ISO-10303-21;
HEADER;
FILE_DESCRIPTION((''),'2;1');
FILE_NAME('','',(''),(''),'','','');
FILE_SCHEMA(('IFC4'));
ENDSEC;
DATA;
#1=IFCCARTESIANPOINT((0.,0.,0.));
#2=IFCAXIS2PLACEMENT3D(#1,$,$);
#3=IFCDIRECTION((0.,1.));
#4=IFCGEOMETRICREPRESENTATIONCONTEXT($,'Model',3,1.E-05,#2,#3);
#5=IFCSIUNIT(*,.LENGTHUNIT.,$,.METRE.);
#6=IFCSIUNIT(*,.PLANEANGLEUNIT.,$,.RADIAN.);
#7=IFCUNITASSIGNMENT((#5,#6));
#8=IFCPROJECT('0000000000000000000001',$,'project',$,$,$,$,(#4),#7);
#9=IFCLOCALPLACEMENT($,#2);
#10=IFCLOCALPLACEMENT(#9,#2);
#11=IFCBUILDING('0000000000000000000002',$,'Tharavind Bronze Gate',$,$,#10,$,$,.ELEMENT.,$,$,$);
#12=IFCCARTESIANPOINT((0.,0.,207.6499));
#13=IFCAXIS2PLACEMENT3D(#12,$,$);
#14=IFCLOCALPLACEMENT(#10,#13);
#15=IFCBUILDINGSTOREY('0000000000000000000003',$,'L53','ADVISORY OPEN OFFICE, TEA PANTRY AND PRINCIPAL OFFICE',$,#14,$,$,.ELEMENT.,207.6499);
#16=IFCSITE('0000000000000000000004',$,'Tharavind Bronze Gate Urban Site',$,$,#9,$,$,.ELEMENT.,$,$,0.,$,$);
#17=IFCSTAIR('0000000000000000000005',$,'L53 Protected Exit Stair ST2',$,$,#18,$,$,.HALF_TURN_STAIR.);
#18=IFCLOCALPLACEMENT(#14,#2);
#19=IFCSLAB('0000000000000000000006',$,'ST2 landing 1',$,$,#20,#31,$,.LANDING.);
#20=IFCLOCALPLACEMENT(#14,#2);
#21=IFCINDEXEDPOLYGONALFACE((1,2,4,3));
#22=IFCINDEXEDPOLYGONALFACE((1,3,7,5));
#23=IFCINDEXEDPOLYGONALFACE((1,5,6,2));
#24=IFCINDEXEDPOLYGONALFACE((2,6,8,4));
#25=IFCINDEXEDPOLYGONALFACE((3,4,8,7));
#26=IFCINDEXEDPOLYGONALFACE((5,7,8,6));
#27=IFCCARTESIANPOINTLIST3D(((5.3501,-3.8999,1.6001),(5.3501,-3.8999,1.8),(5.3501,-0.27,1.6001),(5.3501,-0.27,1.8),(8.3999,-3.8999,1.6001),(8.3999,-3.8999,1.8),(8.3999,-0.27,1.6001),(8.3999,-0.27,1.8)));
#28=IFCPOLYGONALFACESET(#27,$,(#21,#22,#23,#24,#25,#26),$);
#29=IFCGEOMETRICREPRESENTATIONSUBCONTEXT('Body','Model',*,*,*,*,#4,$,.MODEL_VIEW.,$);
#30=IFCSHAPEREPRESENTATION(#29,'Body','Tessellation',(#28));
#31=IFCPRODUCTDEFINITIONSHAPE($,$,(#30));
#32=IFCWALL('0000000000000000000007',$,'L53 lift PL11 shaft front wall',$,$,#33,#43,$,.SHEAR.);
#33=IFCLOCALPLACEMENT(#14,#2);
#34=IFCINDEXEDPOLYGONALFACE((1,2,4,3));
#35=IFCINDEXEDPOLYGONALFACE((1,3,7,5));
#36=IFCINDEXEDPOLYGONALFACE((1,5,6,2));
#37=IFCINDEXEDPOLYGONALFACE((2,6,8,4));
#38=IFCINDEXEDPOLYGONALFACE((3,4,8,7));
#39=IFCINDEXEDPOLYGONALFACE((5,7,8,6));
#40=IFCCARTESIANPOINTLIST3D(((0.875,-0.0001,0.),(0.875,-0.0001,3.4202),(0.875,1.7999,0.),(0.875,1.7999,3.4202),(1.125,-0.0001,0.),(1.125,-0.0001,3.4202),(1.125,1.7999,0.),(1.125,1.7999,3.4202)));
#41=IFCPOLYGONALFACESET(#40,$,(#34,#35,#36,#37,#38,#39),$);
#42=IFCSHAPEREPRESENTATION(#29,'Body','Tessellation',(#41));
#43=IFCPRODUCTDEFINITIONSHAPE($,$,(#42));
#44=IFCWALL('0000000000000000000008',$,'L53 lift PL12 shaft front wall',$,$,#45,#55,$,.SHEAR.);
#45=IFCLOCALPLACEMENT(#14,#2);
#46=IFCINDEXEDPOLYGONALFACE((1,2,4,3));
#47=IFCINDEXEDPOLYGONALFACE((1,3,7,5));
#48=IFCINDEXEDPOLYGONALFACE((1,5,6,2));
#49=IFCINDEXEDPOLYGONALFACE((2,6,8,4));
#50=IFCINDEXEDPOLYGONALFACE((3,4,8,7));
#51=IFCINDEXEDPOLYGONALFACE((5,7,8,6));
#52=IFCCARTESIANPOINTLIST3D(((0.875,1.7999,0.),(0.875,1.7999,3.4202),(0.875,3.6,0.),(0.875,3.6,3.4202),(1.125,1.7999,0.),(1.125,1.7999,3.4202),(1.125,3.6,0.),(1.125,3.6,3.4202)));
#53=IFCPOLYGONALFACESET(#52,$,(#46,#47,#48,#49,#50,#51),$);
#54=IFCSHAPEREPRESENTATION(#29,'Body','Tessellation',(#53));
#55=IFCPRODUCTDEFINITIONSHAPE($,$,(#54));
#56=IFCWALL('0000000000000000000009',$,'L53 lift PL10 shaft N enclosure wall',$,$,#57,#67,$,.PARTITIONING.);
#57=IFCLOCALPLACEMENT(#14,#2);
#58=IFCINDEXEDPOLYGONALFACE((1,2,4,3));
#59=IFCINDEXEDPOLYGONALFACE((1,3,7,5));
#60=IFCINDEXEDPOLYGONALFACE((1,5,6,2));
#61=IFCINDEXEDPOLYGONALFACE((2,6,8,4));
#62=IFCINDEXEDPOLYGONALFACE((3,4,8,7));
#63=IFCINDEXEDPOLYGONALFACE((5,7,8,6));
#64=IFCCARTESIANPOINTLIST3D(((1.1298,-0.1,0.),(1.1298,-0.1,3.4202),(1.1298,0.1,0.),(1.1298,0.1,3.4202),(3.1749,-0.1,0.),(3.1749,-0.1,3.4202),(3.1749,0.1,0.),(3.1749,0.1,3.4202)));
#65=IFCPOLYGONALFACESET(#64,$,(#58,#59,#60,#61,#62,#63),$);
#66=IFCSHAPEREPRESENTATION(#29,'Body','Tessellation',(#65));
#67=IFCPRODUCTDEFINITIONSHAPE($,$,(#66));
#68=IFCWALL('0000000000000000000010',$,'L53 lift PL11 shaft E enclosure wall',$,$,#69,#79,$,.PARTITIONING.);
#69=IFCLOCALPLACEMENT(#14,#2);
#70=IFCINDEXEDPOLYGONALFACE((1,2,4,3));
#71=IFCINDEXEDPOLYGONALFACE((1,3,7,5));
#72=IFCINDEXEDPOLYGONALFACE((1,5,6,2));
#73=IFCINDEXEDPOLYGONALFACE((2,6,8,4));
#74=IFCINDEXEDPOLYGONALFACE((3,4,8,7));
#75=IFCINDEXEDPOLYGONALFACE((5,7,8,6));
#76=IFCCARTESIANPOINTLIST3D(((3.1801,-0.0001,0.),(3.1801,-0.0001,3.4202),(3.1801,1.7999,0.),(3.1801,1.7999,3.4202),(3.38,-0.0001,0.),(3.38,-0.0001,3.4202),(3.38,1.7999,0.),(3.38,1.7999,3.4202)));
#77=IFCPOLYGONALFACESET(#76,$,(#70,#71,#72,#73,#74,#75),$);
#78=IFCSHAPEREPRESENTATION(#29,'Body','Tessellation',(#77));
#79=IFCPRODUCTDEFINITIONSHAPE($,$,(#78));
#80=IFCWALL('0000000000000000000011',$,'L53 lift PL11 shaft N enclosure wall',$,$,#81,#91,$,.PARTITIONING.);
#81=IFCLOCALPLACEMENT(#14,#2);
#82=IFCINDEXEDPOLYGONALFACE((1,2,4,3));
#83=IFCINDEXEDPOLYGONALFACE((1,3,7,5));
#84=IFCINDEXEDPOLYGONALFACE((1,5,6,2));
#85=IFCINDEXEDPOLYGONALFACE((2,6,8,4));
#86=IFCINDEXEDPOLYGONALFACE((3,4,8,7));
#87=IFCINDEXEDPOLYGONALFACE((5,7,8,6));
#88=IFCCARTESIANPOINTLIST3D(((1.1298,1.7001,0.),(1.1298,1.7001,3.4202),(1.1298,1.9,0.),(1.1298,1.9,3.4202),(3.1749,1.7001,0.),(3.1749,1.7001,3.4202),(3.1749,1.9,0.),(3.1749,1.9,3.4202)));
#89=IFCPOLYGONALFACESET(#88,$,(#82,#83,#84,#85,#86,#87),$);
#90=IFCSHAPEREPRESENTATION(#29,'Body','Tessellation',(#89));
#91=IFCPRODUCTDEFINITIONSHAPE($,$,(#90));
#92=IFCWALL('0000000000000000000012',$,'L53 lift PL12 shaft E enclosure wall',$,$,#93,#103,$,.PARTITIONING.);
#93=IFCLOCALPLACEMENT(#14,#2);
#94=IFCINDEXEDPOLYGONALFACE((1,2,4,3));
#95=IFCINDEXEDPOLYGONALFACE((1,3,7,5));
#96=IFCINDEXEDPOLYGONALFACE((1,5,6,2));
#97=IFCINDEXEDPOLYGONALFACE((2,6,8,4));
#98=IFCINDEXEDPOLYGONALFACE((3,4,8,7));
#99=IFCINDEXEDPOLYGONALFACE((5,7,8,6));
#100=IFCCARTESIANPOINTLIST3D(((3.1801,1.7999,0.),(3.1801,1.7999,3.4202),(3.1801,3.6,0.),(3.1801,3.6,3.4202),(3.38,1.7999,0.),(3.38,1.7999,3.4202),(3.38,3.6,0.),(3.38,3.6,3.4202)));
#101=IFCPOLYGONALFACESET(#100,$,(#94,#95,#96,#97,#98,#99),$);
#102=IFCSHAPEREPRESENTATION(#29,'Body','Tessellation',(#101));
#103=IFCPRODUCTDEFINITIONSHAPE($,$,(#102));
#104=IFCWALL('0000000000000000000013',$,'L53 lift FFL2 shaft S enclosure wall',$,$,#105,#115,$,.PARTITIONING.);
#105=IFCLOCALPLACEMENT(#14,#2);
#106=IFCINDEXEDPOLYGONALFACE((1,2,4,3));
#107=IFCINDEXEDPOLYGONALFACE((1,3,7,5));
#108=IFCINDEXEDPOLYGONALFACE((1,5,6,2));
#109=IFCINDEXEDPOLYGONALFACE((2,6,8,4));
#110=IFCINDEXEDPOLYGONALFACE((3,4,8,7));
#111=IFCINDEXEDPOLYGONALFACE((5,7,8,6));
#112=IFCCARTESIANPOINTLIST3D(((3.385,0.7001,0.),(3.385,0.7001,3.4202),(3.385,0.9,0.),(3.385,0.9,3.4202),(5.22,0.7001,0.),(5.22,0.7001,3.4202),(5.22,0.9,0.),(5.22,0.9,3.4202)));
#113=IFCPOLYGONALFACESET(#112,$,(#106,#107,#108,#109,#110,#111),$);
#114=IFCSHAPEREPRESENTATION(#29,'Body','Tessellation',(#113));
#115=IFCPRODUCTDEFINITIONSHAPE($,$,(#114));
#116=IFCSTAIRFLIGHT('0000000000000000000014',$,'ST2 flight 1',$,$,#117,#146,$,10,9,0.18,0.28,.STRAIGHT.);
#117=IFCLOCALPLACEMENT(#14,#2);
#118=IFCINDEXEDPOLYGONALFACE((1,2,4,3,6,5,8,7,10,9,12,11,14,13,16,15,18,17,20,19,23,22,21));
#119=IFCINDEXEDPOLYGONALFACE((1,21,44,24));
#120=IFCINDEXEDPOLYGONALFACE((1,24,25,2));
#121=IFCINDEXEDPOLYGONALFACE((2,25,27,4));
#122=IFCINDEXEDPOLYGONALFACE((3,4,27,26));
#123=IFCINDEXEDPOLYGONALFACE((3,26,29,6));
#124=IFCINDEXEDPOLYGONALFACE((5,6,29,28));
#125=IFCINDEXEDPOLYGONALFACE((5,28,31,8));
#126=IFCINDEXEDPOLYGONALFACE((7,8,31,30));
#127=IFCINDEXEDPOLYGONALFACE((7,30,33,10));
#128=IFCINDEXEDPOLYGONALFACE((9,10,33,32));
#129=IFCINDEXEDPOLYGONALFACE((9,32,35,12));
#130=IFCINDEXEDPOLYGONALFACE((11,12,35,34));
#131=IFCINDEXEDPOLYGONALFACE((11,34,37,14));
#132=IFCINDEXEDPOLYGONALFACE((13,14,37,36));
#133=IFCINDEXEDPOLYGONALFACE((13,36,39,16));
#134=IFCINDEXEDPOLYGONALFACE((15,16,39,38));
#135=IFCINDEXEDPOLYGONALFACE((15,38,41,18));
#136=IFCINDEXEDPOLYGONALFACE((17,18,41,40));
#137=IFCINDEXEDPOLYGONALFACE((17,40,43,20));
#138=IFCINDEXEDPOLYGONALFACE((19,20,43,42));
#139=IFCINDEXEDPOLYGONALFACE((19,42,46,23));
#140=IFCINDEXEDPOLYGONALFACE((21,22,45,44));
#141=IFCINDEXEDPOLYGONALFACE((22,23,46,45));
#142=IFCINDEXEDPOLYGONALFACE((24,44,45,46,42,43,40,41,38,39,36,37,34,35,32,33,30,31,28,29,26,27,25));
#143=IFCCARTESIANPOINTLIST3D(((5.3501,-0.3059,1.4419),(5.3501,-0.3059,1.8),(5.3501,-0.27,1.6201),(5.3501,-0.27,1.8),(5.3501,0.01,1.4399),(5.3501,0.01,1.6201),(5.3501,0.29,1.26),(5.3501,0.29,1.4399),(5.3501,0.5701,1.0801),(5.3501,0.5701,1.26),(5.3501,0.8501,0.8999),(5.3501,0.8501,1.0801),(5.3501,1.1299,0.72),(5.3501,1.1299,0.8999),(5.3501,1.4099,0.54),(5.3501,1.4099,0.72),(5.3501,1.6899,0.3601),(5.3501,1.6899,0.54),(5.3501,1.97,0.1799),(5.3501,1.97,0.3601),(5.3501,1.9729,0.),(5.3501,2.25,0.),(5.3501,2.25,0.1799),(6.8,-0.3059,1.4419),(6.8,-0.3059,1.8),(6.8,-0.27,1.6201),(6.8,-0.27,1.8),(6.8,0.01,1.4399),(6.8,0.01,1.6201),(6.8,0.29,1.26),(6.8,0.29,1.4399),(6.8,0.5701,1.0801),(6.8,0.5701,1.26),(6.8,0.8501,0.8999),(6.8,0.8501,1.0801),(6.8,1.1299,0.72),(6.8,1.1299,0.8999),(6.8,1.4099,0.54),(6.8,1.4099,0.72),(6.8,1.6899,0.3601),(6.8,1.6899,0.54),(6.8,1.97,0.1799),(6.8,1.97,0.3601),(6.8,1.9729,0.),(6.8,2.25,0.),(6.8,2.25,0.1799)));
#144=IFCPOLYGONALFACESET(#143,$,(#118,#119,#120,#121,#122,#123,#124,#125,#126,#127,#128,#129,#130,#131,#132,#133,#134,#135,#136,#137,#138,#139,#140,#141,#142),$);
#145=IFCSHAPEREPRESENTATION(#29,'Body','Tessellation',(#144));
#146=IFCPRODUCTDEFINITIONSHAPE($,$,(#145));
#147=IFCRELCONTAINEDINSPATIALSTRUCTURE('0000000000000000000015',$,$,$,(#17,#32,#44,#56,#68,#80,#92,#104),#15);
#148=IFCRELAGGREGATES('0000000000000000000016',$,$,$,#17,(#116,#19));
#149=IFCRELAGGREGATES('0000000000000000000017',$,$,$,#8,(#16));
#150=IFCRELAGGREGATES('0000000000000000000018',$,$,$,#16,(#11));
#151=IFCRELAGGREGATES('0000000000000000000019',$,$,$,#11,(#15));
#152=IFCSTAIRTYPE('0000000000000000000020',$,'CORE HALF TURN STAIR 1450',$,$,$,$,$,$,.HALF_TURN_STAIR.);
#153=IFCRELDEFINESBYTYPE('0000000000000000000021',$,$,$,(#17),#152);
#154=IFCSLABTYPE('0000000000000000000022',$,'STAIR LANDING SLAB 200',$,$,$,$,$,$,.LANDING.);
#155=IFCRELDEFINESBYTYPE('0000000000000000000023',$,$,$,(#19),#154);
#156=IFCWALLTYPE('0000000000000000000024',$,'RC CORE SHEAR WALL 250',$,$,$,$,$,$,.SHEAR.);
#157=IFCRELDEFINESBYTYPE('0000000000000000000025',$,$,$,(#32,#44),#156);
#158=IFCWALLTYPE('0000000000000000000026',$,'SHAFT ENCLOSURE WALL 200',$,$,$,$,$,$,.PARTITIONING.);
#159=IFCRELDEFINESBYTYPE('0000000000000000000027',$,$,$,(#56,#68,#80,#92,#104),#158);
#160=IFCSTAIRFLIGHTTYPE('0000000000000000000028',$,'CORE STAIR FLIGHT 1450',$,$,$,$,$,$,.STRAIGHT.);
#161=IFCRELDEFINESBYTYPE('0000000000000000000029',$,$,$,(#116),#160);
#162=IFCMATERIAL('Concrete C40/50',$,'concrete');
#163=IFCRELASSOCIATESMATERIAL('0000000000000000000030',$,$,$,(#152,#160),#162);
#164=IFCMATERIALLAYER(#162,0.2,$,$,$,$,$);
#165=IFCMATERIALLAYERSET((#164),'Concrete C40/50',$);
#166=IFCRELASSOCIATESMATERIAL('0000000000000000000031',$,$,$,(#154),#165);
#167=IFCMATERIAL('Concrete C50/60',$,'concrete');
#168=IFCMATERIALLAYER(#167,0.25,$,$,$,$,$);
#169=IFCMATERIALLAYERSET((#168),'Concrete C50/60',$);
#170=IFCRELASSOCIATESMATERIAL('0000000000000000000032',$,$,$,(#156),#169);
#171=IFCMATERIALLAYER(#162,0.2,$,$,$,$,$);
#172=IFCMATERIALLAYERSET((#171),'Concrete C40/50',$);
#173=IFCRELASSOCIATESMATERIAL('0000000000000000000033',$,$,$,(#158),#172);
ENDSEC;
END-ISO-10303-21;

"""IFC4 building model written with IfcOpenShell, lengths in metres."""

from ifc_helpers import new_model, si_unit, direction, frame, frame_2d, origin, place, context, subcontext, project, spatial, polyline, rectangle, outline, extrude, material, layer, layer_set, type_object, element, aggregate, save


model = new_model("IFC4")

# Units and contexts
model_context = context("Model", 3, precision=1e-05, world=origin(), true_north=direction((0.0, 1.0)))
body_context = subcontext(model_context, "Body", "Model", "MODEL_VIEW")
ifc_project = project(units=[si_unit("LENGTHUNIT", "METRE"), si_unit("PLANEANGLEUNIT", "RADIAN")], contexts=[model_context])

# Site, building, storey
site_placement = place(None, origin())
site = spatial("IfcSite", under=ifc_project, at=site_placement, Name="Tharavind Bronze Gate Urban Site", CompositionType="ELEMENT", RefElevation=0.0)
building_placement = place(site_placement, origin())
building = spatial("IfcBuilding", under=site, at=building_placement, Name="Tharavind Bronze Gate", CompositionType="ELEMENT")
storey_placement = place(building_placement, frame((0.0, 0.0, 207.6499)))
storey = spatial("IfcBuildingStorey", under=building, at=storey_placement, Name="L53", Description="ADVISORY OPEN OFFICE, TEA PANTRY AND PRINCIPAL OFFICE", CompositionType="ELEMENT", Elevation=207.6499)

# Stair, slab
ifc_material_1 = material(Name="Concrete C40/50", Category="concrete")
stair_type = type_object("IfcStairType", Name="CORE HALF TURN STAIR 1450", PredefinedType="HALF_TURN_STAIR", material=ifc_material_1)
stair_placement = place(storey_placement, origin())
stair = element("IfcStair", 1, at=stair_placement, inside=storey, type_object=stair_type, Name="L53 Protected Exit Stair ST2", PredefinedType="HALF_TURN_STAIR")
ifc_layer_1 = layer(ifc_material_1, 0.2)
ifc_layer_set_1 = layer_set([ifc_layer_1], Name="Concrete C40/50")
slab_type = type_object("IfcSlabType", Name="STAIR LANDING SLAB 200", PredefinedType="LANDING", material=ifc_layer_set_1)
slab_placement = place(storey_placement, frame((0.0, 0.0, 1.6001)))
slab = element("IfcSlab", 2, at=slab_placement, type_object=slab_type, Name="ST2 landing 1", PredefinedType="LANDING", context=body_context, shape_type="SweptSolid", body=[
    extrude(outline(polyline([(5.3501, -0.27), (5.3501, -3.8999), (8.3999, -3.8999), (8.3999, -0.27), (5.3501, -0.27)])), origin(), (0.0, 0.0, 1.0), 0.2),
])

# Walls
ifc_material_2 = material(Name="Concrete C50/60", Category="concrete")
ifc_layer_2 = layer(ifc_material_2, 0.25)
ifc_layer_set_2 = layer_set([ifc_layer_2], Name="Concrete C50/60")
wall_type_1 = type_object("IfcWallType", Name="RC CORE SHEAR WALL 250", PredefinedType="SHEAR", material=ifc_layer_set_2)
for number, where, z_axis, x_axis, name in (
    (3, (1.0, 0.0, 0.0), (0.0, 0.0, 1.0), (0.0, 1.0, 0.0), "L53 lift PL11 shaft front wall"),
    (4, (1.0, 1.8, 0.0), (0.0, 0.0, 1.0), (0.0, 1.0, 0.0), "L53 lift PL12 shaft front wall"),
):
    element("IfcWall", number, at=place(storey_placement, frame(where, z_axis=z_axis, x_axis=x_axis)), inside=storey, type_object=wall_type_1, Name=name, PredefinedType="SHEAR", context=body_context, shape_type="SweptSolid", body=[
        extrude(rectangle(XDim=1.8, YDim=0.25, at=frame_2d((0.8999, 0.0))), origin(), (0.0, 0.0, 1.0), 3.4202),
    ])
ifc_layer_3 = layer(ifc_material_1, 0.2)
ifc_layer_set_3 = layer_set([ifc_layer_3], Name="Concrete C40/50")
wall_type_2 = type_object("IfcWallType", Name="SHAFT ENCLOSURE WALL 200", PredefinedType="PARTITIONING", material=ifc_layer_set_3)
wall_1_placement = place(storey_placement, frame((1.1299, 0.0, 0.0), z_axis=(0.0, 0.0, 1.0), x_axis=(1.0, 0.0, 0.0)))
element("IfcWall", 5, at=wall_1_placement, inside=storey, type_object=wall_type_2, Name="L53 lift PL10 shaft N enclosure wall", PredefinedType="PARTITIONING", context=body_context, shape_type="SweptSolid", body=[
    extrude(rectangle(XDim=2.0452, YDim=0.2, at=frame_2d((1.0225, 0.0))), origin(), (0.0, 0.0, 1.0), 3.4202),
])
wall_2_placement = place(storey_placement, frame((3.28, 0.0, 0.0), z_axis=(0.0, 0.0, 1.0), x_axis=(0.0, 1.0, 0.0)))
element("IfcWall", 6, at=wall_2_placement, inside=storey, type_object=wall_type_2, Name="L53 lift PL11 shaft E enclosure wall", PredefinedType="PARTITIONING", context=body_context, shape_type="SweptSolid", body=[
    extrude(rectangle(XDim=1.8, YDim=0.2, at=frame_2d((0.8999, 0.0))), origin(), (0.0, 0.0, 1.0), 3.4202),
])
wall_3_placement = place(storey_placement, frame((1.1299, 1.8, 0.0), z_axis=(0.0, 0.0, 1.0), x_axis=(1.0, 0.0, 0.0)))
element("IfcWall", 7, at=wall_3_placement, inside=storey, type_object=wall_type_2, Name="L53 lift PL11 shaft N enclosure wall", PredefinedType="PARTITIONING", context=body_context, shape_type="SweptSolid", body=[
    extrude(rectangle(XDim=2.0452, YDim=0.2, at=frame_2d((1.0225, 0.0))), origin(), (0.0, 0.0, 1.0), 3.4202),
])
wall_4_placement = place(storey_placement, frame((3.28, 1.8, 0.0), z_axis=(0.0, 0.0, 1.0), x_axis=(0.0, 1.0, 0.0)))
element("IfcWall", 8, at=wall_4_placement, inside=storey, type_object=wall_type_2, Name="L53 lift PL12 shaft E enclosure wall", PredefinedType="PARTITIONING", context=body_context, shape_type="SweptSolid", body=[
    extrude(rectangle(XDim=1.8, YDim=0.2, at=frame_2d((0.8999, 0.0))), origin(), (0.0, 0.0, 1.0), 3.4202),
])
wall_5_placement = place(storey_placement, frame((3.385, 0.8, 0.0), z_axis=(0.0, 0.0, 1.0), x_axis=(1.0, 0.0, 0.0)))
element("IfcWall", 9, at=wall_5_placement, inside=storey, type_object=wall_type_2, Name="L53 lift FFL2 shaft S enclosure wall", PredefinedType="PARTITIONING", context=body_context, shape_type="SweptSolid", body=[
    extrude(rectangle(XDim=1.835, YDim=0.2, at=frame_2d((0.9175, 0.0))), origin(), (0.0, 0.0, 1.0), 3.4202),
])

# Stair flight
stair_flight_type = type_object("IfcStairFlightType", Name="CORE STAIR FLIGHT 1450", PredefinedType="STRAIGHT", material=ifc_material_1)
stair_flight_placement = place(storey_placement, frame((6.075, 2.25, 0.0), z_axis=(0.0, 0.0, 1.0), x_axis=(0.0, -1.0, 0.0)))
stair_flight = element("IfcStairFlight", 10, at=stair_flight_placement, type_object=stair_flight_type, Name="ST2 flight 1", NumberOfRisers=10, NumberOfTreads=9, PredefinedType="STRAIGHT", RiserHeight=0.18, TreadLength=0.28, context=body_context, shape_type="SweptSolid", body=[
    extrude(outline(polyline([(0.0, 0.0), (0.0, 0.1799), (0.28, 0.1799), (0.28, 0.3601), (0.5601, 0.3601), (0.5601, 0.54), (0.8401, 0.54), (0.8401, 0.72), (1.1201, 0.72), (1.1201, 0.8999), (1.3999, 0.8999), (1.3999, 1.0801), (1.6799, 1.0801), (1.6799, 1.26), (1.96, 1.26), (1.96, 1.4399), (2.24, 1.4399), (2.24, 1.6201), (2.52, 1.6201), (2.52, 1.8), (2.5559, 1.8), (2.5559, 1.4419), (0.2771, 0.0), (0.0, 0.0)])), frame((0.0, 0.7251, 0.0), z_axis=(0.0, -1.0, 0.0), x_axis=(1.0, 0.0, 0.0)), (0.0, 0.0, 1.0), 1.45),
])
aggregate(stair, [stair_flight, slab])

save(model, "model.ifc")
